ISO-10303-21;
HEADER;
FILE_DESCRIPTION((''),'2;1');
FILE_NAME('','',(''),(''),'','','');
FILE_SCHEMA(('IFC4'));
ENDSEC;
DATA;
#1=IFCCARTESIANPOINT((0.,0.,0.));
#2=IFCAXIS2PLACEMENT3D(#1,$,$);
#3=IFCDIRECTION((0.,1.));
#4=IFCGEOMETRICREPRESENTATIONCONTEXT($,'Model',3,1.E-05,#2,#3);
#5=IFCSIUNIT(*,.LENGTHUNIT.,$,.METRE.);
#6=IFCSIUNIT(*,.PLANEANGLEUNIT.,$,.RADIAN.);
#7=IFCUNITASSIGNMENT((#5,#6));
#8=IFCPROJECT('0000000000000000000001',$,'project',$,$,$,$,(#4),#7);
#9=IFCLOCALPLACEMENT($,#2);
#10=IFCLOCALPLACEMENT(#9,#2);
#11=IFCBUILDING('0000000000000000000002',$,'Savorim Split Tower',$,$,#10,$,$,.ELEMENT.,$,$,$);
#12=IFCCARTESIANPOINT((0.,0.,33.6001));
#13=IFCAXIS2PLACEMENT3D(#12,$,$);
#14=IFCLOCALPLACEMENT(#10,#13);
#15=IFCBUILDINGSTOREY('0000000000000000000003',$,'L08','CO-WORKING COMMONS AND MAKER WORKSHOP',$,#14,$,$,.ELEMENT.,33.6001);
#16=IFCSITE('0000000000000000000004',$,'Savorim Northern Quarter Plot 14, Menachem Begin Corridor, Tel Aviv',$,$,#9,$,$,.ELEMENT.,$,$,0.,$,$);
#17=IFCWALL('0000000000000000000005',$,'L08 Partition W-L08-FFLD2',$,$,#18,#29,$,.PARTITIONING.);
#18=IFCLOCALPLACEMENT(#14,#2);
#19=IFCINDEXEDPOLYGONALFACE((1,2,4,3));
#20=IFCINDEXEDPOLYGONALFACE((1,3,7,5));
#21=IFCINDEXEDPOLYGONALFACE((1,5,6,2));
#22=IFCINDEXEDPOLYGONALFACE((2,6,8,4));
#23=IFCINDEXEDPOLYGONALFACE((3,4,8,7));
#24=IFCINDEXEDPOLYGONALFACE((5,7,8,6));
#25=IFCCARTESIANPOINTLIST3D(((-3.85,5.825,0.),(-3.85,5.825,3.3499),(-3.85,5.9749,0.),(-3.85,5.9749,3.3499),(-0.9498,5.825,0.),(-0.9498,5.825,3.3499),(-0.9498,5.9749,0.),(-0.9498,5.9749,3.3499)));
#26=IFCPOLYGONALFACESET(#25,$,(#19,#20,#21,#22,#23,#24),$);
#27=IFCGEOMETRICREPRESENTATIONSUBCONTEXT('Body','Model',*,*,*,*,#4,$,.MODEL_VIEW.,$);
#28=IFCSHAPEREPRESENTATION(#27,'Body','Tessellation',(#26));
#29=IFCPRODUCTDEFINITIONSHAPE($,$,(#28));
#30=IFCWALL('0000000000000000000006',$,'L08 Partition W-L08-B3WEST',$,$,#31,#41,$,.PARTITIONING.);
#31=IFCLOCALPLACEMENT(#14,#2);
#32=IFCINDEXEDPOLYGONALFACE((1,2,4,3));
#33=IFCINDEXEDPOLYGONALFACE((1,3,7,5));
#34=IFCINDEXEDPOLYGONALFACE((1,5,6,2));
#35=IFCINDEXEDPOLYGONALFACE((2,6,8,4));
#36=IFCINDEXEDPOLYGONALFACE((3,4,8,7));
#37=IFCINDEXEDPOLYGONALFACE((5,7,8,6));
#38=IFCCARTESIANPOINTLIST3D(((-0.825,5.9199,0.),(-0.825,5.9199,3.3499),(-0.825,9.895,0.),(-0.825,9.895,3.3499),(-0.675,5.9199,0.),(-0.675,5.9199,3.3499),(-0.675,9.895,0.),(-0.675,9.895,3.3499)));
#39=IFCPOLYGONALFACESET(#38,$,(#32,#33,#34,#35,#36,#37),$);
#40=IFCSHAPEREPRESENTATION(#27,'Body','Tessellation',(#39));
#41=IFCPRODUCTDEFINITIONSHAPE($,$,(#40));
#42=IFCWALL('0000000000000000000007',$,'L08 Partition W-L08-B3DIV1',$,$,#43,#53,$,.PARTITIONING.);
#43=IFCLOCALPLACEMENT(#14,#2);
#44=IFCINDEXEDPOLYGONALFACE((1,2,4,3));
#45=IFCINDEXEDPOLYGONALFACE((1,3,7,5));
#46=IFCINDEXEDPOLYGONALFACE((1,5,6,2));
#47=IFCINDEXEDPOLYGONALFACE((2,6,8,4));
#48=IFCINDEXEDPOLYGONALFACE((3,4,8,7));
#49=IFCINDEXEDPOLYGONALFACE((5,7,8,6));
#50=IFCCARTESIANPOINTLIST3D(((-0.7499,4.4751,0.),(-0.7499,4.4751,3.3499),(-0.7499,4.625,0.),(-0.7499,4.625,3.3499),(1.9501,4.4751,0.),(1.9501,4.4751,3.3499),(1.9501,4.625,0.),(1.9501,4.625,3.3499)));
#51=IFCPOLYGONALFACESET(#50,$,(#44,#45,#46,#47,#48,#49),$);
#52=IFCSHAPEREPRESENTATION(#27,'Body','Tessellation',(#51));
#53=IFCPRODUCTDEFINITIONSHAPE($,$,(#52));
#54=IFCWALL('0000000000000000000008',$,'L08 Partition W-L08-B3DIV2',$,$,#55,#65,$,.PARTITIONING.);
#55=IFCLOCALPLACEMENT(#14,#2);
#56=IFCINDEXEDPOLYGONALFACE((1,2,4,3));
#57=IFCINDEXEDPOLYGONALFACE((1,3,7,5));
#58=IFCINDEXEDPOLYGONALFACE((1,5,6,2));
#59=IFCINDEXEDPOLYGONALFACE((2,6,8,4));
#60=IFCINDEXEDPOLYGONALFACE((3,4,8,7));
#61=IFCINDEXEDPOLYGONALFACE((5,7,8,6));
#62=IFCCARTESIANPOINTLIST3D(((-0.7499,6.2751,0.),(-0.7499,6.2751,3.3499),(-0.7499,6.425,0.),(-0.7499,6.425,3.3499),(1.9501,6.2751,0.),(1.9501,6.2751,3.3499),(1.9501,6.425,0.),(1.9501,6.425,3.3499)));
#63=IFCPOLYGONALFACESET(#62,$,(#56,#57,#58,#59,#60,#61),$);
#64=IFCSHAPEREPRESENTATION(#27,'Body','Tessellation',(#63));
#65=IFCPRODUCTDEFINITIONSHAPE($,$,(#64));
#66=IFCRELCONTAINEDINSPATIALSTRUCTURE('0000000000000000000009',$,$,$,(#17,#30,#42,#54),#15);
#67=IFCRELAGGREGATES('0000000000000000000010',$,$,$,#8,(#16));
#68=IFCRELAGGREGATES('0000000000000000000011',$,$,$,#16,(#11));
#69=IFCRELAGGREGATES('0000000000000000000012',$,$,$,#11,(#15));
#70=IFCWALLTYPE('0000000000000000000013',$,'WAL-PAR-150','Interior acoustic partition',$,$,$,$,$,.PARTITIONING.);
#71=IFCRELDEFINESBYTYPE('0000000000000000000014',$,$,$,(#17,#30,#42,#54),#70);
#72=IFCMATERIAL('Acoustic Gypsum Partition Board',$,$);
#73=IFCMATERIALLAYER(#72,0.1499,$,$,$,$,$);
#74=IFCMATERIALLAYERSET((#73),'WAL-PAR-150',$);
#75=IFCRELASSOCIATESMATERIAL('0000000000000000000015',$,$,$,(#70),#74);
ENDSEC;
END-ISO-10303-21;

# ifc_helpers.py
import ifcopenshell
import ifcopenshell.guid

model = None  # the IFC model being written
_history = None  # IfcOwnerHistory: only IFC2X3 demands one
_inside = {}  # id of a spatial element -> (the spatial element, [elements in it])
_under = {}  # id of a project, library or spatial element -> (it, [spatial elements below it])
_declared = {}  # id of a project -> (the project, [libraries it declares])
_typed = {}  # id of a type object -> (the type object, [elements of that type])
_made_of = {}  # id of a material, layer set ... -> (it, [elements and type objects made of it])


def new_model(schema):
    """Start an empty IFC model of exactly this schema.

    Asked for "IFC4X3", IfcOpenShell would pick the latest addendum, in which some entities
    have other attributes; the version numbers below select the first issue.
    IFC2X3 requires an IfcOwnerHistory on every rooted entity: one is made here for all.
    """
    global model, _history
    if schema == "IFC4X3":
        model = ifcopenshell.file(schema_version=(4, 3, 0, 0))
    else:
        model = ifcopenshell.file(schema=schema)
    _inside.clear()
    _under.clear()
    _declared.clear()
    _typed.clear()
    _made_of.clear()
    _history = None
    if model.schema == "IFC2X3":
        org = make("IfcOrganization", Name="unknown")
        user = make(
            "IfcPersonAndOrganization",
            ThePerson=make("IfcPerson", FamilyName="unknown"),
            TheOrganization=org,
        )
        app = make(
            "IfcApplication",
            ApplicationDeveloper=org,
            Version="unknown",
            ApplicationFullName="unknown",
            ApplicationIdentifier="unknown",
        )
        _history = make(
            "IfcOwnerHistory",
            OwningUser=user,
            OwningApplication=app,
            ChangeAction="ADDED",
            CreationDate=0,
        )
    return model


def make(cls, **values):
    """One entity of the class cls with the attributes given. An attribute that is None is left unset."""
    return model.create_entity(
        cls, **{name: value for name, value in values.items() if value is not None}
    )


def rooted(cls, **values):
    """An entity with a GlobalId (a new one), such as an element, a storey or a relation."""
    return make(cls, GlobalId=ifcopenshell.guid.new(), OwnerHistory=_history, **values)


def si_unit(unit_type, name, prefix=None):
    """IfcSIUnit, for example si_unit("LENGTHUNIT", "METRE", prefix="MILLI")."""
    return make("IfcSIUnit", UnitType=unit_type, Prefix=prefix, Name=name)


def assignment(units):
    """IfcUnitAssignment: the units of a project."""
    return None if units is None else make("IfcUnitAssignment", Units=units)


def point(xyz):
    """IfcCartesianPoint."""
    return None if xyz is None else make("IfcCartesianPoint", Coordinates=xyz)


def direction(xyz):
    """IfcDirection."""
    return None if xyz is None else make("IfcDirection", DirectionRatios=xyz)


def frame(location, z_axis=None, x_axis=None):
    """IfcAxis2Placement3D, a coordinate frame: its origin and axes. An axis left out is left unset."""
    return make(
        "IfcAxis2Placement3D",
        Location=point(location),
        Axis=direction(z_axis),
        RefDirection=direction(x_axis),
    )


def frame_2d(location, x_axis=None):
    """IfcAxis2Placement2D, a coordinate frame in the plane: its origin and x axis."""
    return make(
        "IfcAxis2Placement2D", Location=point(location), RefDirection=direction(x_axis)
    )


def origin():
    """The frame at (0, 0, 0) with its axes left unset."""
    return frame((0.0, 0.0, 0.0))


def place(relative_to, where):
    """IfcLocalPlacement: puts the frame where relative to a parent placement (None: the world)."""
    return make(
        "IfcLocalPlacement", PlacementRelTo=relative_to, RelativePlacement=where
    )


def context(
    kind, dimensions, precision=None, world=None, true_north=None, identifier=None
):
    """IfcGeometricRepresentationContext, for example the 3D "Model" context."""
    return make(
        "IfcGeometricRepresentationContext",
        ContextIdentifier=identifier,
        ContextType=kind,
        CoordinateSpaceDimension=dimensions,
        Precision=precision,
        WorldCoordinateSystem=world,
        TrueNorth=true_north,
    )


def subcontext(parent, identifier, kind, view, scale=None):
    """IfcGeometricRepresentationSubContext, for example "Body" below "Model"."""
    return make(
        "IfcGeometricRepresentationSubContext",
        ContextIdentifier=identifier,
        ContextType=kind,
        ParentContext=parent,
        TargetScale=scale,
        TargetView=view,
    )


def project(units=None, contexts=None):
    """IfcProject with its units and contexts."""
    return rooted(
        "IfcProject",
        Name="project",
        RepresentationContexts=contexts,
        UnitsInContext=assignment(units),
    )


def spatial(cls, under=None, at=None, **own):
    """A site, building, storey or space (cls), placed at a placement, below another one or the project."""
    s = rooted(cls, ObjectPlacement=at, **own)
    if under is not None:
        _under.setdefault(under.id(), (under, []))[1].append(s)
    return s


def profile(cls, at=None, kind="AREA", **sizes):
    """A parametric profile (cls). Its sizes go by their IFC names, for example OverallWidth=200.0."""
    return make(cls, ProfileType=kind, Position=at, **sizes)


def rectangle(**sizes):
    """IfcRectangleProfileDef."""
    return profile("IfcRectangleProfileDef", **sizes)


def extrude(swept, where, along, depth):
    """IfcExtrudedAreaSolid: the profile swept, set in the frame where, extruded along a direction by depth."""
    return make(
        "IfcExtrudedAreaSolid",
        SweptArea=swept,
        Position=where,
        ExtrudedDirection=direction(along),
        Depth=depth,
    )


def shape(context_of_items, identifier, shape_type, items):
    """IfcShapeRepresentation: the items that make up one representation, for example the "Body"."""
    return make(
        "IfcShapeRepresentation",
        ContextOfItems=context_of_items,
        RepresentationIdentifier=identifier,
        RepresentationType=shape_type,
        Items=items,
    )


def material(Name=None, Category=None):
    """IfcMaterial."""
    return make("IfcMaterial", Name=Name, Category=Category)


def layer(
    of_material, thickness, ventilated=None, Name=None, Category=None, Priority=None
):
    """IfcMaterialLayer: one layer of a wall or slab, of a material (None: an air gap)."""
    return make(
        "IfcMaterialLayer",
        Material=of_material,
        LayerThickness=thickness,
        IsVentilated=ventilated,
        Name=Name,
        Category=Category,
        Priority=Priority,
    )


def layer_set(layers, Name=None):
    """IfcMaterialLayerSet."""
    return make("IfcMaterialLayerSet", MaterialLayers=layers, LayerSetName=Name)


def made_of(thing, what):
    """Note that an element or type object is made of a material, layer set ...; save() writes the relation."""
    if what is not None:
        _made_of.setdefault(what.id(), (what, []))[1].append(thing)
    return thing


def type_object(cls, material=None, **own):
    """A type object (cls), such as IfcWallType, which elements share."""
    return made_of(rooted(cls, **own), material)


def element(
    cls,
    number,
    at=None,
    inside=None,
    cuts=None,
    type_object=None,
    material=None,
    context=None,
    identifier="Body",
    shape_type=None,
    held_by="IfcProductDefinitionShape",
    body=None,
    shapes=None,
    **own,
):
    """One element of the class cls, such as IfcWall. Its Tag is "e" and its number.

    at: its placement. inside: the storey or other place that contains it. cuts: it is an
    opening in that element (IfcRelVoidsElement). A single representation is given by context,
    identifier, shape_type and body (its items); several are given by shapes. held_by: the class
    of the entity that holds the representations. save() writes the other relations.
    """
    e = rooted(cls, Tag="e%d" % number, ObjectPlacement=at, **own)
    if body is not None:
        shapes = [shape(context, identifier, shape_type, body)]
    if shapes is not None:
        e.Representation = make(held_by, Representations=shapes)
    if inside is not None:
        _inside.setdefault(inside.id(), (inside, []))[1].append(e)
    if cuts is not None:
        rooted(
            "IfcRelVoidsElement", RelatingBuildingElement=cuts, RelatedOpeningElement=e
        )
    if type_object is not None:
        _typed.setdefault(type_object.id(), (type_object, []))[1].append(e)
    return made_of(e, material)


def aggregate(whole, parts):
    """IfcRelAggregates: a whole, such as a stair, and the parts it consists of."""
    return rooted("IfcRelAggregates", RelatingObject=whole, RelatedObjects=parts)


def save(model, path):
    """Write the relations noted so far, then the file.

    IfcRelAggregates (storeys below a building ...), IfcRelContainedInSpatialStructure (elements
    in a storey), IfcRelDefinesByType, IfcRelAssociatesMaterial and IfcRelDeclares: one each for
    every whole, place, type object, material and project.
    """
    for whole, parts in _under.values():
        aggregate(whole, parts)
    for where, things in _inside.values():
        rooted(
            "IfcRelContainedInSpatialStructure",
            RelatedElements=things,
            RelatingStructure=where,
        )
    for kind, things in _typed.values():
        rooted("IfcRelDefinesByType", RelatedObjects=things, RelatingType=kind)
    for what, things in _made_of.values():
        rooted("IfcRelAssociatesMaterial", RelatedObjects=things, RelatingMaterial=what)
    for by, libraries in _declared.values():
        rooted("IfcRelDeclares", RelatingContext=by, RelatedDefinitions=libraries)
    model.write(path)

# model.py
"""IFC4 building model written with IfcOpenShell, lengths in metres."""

from ifc_helpers import new_model, si_unit, direction, frame, frame_2d, origin, place, context, subcontext, project, spatial, rectangle, extrude, material, layer, layer_set, type_object, element, save


model = new_model("IFC4")

# Units and contexts
model_context = context("Model", 3, precision=1e-05, world=origin(), true_north=direction((0.0, 1.0)))
body_context = subcontext(model_context, "Body", "Model", "MODEL_VIEW")
ifc_project = project(units=[si_unit("LENGTHUNIT", "METRE"), si_unit("PLANEANGLEUNIT", "RADIAN")], contexts=[model_context])

# Site, building, storey
site_placement = place(None, origin())
site = spatial("IfcSite", under=ifc_project, at=site_placement, Name="Savorim Northern Quarter Plot 14, Menachem Begin Corridor, Tel Aviv", CompositionType="ELEMENT", RefElevation=0.0)
building_placement = place(site_placement, origin())
building = spatial("IfcBuilding", under=site, at=building_placement, Name="Savorim Split Tower", CompositionType="ELEMENT")
storey_placement = place(building_placement, frame((0.0, 0.0, 33.6001)))
storey = spatial("IfcBuildingStorey", under=building, at=storey_placement, Name="L08", Description="CO-WORKING COMMONS AND MAKER WORKSHOP", CompositionType="ELEMENT", Elevation=33.6001)

# Walls
ifc_material_1 = material(Name="Acoustic Gypsum Partition Board")
ifc_layer_1 = layer(ifc_material_1, 0.1499)
ifc_layer_set_1 = layer_set([ifc_layer_1], Name="WAL-PAR-150")
wall_type_1 = type_object("IfcWallType", Name="WAL-PAR-150", Description="Interior acoustic partition", PredefinedType="PARTITIONING", material=ifc_layer_set_1)
wall_1_placement = place(storey_placement, frame((-3.8501, 5.8999, 0.0), z_axis=(0.0, 0.0, 1.0), x_axis=(1.0, 0.0, 0.0)))
element("IfcWall", 1, at=wall_1_placement, inside=storey, type_object=wall_type_1, Name="L08 Partition W-L08-FFLD2", PredefinedType="PARTITIONING", context=body_context, shape_type="SweptSolid", body=[
    extrude(rectangle(XDim=2.9001, YDim=0.1499, at=frame_2d((1.4502, 0.0))), origin(), (0.0, 0.0, 1.0), 3.3499),
])
wall_2_placement = place(storey_placement, frame((-0.75, 5.9199, 0.0), z_axis=(0.0, 0.0, 1.0), x_axis=(0.0, 1.0, 0.0)))
element("IfcWall", 2, at=wall_2_placement, inside=storey, type_object=wall_type_1, Name="L08 Partition W-L08-B3WEST", PredefinedType="PARTITIONING", context=body_context, shape_type="SweptSolid", body=[
    extrude(rectangle(XDim=3.9751, YDim=0.1499, at=frame_2d((1.9875, 0.0))), origin(), (0.0, 0.0, 1.0), 3.3499),
])
for number, where, z_axis, x_axis, name in (
    (3, (-0.75, 4.55, 0.0), (0.0, 0.0, 1.0), (1.0, 0.0, 0.0), "L08 Partition W-L08-B3DIV1"),
    (4, (-0.75, 6.3501, 0.0), (0.0, 0.0, 1.0), (1.0, 0.0, 0.0), "L08 Partition W-L08-B3DIV2"),
):
    element("IfcWall", number, at=place(storey_placement, frame(where, z_axis=z_axis, x_axis=x_axis)), inside=storey, type_object=wall_type_1, Name=name, PredefinedType="PARTITIONING", context=body_context, shape_type="SweptSolid", body=[
        extrude(rectangle(XDim=2.7, YDim=0.1499, at=frame_2d((1.3501, 0.0))), origin(), (0.0, 0.0, 1.0), 3.3499),
    ])

save(model, "model.ifc")
